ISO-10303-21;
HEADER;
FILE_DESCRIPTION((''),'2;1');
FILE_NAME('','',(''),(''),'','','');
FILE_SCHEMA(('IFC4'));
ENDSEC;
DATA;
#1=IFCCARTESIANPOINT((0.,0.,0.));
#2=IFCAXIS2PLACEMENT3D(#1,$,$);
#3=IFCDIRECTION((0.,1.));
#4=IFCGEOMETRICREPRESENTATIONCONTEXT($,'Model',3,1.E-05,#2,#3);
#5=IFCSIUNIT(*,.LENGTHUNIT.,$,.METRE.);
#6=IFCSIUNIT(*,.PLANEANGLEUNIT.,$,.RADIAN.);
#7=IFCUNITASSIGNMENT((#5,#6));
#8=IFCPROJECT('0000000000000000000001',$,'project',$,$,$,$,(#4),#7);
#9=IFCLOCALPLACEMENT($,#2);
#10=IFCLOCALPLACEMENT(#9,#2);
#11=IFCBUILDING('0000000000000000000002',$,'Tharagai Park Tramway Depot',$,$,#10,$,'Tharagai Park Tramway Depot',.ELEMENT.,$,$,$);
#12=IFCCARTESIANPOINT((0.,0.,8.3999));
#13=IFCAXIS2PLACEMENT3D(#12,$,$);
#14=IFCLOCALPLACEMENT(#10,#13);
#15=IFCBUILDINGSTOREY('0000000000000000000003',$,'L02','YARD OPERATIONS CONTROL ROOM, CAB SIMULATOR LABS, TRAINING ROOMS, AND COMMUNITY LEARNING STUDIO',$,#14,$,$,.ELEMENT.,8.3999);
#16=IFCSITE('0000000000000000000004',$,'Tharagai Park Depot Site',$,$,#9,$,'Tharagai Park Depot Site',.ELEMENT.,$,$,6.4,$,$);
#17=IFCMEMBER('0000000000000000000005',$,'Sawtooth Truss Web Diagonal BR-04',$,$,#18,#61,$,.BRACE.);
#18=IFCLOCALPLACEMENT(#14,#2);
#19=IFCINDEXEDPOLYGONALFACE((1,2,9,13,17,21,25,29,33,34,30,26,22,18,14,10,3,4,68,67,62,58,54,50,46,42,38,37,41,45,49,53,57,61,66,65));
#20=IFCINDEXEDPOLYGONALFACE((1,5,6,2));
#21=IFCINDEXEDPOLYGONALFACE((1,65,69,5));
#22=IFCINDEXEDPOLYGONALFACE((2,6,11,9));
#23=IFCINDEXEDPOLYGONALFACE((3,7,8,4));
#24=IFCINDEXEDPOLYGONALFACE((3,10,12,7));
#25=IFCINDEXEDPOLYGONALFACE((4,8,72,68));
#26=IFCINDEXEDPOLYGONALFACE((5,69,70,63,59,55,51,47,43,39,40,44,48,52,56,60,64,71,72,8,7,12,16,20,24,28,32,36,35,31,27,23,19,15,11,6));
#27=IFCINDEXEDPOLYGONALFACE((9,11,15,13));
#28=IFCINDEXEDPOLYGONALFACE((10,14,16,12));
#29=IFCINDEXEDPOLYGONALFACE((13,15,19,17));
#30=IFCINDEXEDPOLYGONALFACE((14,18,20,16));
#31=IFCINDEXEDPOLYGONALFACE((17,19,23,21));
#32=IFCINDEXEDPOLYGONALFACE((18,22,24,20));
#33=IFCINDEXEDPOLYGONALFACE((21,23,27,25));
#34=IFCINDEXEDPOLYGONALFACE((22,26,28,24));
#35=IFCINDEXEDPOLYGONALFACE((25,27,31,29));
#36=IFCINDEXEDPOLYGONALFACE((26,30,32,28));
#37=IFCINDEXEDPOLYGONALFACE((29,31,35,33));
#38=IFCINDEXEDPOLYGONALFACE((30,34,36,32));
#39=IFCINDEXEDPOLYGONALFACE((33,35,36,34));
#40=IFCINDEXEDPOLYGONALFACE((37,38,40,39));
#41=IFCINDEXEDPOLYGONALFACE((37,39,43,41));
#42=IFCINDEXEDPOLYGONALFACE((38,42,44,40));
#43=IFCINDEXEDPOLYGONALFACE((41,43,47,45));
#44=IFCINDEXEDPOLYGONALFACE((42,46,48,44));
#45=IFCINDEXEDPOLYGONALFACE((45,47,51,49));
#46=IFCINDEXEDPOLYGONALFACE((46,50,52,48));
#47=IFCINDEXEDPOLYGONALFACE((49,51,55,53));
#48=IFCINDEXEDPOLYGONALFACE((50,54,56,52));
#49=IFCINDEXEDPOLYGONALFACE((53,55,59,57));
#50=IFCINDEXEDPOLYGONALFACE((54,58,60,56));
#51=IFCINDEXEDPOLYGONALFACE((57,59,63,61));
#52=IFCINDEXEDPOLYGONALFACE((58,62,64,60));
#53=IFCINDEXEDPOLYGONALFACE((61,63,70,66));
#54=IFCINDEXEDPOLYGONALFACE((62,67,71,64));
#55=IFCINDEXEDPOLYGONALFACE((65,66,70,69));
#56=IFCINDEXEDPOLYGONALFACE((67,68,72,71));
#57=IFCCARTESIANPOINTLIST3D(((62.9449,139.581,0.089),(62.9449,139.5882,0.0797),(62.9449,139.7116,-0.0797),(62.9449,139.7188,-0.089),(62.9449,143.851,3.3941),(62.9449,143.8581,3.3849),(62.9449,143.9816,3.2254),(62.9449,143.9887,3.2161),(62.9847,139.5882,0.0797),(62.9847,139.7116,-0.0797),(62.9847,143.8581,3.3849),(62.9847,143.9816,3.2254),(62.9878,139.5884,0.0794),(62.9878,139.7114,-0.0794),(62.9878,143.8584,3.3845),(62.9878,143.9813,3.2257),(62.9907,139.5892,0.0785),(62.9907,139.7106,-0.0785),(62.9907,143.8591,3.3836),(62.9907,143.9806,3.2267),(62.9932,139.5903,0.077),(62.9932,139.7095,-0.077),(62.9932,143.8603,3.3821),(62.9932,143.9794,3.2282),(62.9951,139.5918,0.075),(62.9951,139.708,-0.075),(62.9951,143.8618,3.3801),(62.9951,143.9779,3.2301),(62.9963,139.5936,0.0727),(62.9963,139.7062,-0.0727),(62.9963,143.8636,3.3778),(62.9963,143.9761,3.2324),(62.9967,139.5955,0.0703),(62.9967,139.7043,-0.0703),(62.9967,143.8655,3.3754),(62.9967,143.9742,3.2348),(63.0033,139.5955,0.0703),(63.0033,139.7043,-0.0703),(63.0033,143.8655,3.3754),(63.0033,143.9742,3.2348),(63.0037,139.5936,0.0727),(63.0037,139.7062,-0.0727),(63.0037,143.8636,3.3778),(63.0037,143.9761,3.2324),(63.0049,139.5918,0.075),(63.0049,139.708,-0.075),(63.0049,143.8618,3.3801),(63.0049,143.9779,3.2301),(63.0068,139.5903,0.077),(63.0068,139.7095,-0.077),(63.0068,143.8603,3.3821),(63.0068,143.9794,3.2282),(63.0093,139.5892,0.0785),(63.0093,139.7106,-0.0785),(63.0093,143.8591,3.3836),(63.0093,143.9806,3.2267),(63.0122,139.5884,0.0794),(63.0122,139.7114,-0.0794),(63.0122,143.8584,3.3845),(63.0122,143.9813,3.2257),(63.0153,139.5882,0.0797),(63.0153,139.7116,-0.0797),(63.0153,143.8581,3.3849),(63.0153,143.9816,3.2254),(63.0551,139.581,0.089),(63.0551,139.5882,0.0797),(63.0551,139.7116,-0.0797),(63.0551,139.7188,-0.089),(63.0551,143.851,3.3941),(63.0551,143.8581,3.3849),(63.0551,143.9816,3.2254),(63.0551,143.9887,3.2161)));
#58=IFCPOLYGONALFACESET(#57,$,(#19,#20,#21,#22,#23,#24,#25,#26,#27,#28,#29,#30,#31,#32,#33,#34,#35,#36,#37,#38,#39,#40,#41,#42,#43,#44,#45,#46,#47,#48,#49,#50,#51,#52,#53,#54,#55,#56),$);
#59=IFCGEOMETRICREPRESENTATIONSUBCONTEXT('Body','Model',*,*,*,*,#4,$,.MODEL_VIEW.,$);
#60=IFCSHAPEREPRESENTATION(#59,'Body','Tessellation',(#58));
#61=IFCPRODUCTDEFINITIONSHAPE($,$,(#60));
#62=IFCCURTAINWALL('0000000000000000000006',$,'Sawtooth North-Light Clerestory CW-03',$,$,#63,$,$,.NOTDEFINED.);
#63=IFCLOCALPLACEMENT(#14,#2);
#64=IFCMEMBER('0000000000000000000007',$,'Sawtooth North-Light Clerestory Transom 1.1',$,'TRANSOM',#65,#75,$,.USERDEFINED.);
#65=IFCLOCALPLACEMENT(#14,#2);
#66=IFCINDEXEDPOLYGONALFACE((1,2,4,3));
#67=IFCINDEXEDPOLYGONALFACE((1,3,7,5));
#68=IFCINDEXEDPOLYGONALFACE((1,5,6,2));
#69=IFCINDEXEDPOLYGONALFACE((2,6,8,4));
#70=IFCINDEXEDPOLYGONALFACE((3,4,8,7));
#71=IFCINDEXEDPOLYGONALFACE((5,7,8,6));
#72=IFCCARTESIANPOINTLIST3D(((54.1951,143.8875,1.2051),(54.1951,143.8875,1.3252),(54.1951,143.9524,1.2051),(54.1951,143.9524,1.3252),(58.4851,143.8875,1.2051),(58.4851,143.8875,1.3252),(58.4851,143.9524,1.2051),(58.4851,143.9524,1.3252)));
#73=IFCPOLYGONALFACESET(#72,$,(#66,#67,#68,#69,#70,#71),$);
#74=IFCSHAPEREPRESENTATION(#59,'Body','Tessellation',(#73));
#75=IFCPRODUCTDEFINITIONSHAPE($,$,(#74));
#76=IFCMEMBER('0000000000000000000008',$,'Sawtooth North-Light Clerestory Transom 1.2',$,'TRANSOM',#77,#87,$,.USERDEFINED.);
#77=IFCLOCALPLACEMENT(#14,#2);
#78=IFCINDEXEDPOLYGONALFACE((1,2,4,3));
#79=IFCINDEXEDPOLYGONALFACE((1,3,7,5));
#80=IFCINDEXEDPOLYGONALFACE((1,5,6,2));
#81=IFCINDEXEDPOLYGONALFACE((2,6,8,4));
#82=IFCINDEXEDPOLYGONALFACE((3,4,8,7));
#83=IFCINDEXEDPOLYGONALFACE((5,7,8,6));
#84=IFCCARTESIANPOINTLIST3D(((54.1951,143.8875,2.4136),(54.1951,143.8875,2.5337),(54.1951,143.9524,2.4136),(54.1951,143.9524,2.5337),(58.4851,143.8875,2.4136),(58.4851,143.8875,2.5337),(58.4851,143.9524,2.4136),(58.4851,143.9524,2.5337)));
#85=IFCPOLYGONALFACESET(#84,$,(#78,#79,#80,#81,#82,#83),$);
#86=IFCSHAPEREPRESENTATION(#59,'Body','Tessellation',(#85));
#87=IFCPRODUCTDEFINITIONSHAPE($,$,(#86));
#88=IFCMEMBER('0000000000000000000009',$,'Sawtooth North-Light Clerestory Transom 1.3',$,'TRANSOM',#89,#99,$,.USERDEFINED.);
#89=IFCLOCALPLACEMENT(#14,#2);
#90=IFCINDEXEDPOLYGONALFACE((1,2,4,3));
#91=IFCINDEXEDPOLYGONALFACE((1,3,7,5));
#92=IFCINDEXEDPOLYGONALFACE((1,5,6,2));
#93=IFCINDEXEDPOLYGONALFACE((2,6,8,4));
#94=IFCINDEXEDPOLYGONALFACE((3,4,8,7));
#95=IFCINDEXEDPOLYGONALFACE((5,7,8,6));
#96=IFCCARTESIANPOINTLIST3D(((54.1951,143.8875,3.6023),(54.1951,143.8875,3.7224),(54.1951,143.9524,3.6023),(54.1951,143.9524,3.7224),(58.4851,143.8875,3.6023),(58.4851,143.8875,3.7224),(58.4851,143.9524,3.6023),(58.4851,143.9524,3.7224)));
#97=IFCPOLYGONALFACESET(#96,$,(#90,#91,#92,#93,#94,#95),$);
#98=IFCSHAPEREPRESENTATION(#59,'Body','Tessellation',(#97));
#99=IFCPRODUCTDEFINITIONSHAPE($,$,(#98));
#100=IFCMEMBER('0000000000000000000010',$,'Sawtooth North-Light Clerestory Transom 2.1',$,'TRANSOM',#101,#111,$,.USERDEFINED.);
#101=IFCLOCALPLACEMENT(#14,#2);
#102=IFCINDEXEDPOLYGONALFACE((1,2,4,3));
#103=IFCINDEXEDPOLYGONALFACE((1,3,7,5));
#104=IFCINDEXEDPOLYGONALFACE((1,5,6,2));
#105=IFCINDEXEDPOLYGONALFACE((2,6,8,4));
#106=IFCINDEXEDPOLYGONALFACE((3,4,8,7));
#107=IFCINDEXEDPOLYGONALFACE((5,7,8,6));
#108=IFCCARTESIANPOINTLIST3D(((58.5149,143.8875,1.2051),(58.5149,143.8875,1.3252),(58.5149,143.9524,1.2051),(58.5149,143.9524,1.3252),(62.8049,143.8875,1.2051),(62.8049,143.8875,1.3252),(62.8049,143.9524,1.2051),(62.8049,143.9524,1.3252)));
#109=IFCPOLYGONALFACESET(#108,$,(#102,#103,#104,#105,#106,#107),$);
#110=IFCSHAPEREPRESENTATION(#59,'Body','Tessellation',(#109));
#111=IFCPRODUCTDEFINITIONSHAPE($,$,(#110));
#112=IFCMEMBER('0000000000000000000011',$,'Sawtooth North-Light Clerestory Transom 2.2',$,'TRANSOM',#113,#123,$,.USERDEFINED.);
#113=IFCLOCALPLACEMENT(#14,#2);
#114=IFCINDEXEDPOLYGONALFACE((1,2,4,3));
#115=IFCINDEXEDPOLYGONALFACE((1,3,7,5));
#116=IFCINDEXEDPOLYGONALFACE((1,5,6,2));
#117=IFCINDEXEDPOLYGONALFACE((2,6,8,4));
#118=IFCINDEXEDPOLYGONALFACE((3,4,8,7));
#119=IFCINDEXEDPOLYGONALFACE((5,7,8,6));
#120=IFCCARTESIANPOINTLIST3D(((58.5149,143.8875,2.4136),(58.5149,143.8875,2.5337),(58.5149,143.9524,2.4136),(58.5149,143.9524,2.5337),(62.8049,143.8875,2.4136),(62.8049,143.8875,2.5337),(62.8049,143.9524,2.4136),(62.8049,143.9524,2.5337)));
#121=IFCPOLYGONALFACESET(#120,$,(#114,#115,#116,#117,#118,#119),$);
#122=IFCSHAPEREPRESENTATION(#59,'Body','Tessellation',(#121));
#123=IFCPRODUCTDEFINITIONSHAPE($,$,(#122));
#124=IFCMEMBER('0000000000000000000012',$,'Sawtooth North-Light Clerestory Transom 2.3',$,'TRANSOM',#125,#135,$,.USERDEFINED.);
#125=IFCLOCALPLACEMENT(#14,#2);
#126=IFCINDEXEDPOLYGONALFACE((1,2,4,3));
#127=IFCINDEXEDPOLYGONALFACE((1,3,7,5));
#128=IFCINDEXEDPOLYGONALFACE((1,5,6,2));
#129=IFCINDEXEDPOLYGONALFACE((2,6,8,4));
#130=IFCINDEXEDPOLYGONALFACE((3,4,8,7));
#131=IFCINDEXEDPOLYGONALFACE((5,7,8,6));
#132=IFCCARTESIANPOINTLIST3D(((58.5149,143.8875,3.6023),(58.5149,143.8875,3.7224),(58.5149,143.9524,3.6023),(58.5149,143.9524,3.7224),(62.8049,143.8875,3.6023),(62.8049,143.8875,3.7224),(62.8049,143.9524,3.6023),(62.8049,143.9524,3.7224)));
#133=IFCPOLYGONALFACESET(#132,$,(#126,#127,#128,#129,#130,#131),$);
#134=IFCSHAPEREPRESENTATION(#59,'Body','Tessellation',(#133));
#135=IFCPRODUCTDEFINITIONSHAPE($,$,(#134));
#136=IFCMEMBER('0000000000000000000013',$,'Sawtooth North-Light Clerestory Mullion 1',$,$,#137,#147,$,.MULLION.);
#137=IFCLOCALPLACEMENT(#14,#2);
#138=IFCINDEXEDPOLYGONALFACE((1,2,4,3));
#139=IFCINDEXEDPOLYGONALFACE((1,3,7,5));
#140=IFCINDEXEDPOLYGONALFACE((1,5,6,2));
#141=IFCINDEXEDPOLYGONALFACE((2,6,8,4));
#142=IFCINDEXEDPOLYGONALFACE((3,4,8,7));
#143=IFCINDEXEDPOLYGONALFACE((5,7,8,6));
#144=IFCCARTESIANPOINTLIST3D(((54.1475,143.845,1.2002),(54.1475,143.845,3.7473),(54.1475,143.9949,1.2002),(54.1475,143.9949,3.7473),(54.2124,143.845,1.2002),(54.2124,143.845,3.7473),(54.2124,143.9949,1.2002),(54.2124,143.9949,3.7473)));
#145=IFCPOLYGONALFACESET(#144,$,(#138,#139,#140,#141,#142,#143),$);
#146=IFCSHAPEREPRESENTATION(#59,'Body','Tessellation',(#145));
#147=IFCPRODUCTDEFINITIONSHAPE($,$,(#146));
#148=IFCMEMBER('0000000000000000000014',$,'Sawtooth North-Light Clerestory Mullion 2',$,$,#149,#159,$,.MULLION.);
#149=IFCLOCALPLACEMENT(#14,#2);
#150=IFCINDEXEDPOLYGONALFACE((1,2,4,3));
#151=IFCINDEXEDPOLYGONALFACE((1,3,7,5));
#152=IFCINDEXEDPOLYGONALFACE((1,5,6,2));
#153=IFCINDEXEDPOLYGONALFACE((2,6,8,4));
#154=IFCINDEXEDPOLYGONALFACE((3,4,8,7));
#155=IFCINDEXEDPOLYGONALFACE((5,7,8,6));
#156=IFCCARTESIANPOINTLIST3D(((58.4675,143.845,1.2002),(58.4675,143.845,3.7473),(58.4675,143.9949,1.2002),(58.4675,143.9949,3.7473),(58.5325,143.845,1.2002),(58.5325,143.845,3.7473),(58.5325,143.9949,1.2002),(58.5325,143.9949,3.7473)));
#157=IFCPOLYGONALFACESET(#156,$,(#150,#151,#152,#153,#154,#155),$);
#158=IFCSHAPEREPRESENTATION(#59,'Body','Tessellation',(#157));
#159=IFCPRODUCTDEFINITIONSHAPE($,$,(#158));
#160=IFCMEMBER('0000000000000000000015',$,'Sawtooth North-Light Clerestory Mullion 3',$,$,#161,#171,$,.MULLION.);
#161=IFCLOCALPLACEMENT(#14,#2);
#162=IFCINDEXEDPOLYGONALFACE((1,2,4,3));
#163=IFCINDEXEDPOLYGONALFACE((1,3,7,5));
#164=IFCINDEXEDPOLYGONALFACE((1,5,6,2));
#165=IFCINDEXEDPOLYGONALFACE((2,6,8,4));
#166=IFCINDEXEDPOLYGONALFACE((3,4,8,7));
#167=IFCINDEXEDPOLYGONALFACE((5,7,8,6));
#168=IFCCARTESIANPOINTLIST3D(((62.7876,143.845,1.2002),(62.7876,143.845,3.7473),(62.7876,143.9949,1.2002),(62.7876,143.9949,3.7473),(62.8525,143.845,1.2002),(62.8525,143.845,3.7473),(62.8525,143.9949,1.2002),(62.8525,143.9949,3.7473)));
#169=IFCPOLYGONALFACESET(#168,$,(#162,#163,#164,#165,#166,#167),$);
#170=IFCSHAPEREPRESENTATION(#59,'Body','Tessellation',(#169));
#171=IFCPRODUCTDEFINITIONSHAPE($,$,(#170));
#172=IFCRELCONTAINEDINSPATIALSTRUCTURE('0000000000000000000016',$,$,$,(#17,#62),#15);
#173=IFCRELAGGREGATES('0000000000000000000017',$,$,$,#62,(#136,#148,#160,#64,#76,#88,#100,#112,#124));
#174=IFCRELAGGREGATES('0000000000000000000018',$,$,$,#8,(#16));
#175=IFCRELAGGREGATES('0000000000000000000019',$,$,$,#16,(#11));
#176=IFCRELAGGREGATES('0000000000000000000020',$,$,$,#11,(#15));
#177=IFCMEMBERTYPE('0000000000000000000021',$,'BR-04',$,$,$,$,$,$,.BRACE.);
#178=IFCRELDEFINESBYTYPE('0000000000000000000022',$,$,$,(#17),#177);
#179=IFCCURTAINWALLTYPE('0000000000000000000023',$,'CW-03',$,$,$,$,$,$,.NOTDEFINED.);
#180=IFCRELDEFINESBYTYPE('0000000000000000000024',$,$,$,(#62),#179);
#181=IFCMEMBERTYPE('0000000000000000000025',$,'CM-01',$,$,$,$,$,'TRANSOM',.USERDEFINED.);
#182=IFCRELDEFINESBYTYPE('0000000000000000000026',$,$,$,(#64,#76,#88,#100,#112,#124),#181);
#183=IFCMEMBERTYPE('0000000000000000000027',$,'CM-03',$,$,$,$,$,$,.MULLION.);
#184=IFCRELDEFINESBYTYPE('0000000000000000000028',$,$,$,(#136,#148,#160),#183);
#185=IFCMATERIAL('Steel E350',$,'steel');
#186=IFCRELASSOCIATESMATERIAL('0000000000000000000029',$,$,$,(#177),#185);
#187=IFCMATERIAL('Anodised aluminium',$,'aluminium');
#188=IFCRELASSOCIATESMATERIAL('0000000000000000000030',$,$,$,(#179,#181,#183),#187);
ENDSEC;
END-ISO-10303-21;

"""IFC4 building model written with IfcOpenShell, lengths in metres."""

from ifc_helpers import new_model, si_unit, direction, frame, origin, origin_2d, place, context, subcontext, project, spatial, rectangle, i_section, extrude, material, material_profile, profile_set, type_object, element, aggregate, save


model = new_model("IFC4")

# Units and contexts
model_context = context("Model", 3, precision=1e-05, world=origin(), true_north=direction((0.0, 1.0)))
body_context = subcontext(model_context, "Body", "Model", "MODEL_VIEW")
ifc_project = project(units=[si_unit("LENGTHUNIT", "METRE"), si_unit("PLANEANGLEUNIT", "RADIAN")], contexts=[model_context])

# Site, building, storey
site_placement = place(None, origin())
site = spatial("IfcSite", under=ifc_project, at=site_placement, Name="Tharagai Park Depot Site", LongName="Tharagai Park Depot Site", CompositionType="ELEMENT", RefElevation=6.4)
building_placement = place(site_placement, origin())
building = spatial("IfcBuilding", under=site, at=building_placement, Name="Tharagai Park Tramway Depot", LongName="Tharagai Park Tramway Depot", CompositionType="ELEMENT")
storey_placement = place(building_placement, frame((0.0, 0.0, 8.3999)))
storey = spatial("IfcBuildingStorey", under=building, at=storey_placement, Name="L02", Description="YARD OPERATIONS CONTROL ROOM, CAB SIMULATOR LABS, TRAINING ROOMS, AND COMMUNITY LEARNING STUDIO", CompositionType="ELEMENT", Elevation=8.3999)

# Shared definitions
ifc_material_1 = material(Name="Steel E350", Category="steel")

# Member
ifc_material_profile_1 = material_profile(ifc_material_1, i_section(OverallWidth=0.1101, OverallDepth=0.2251, WebThickness=0.0066, FlangeThickness=0.0117, FilletRadius=0.012, at=origin_2d()), Name="ISMB 225")
ifc_profile_set_1 = profile_set([ifc_material_profile_1], Name="Steel E350")
member_type_1 = type_object("IfcMemberType", Name="BR-04", PredefinedType="BRACE", material=ifc_profile_set_1)
for number, where, z_axis, x_axis, name in (
    (1, (63.0, 139.6499, 0.0), (0.0, 0.790782, 0.612098), (-1.0, 0.0, 0.0), "Sawtooth Truss Web Diagonal BR-04"),
):
    element("IfcMember", number, at=place(storey_placement, frame(where, z_axis=z_axis, x_axis=x_axis)), inside=storey, type_object=member_type_1, Name=name, PredefinedType="BRACE", context=body_context, shape_type="SweptSolid", body=[
        extrude(i_section(OverallWidth=0.1101, OverallDepth=0.2251, WebThickness=0.0066, FlangeThickness=0.0117, FilletRadius=0.012, at=origin_2d()), origin(), (0.0, 0.0, 1.0), 5.3997),
    ])

# Curtain wall, members
ifc_material_2 = material(Name="Anodised aluminium", Category="aluminium")
curtain_wall_type = type_object("IfcCurtainWallType", Name="CW-03", PredefinedType="NOTDEFINED", material=ifc_material_2)
curtain_wall_placement = place(storey_placement, origin())
curtain_wall = element("IfcCurtainWall", 2, at=curtain_wall_placement, inside=storey, type_object=curtain_wall_type, Name="Sawtooth North-Light Clerestory CW-03", PredefinedType="NOTDEFINED")
ifc_material_profile_2 = material_profile(ifc_material_2, rectangle(XDim=0.0649, YDim=0.1201, at=origin_2d()), Name="ALU 65x120")
ifc_profile_set_2 = profile_set([ifc_material_profile_2], Name="Anodised aluminium")
member_type_2 = type_object("IfcMemberType", Name="CM-01", ElementType="TRANSOM", PredefinedType="USERDEFINED", material=ifc_profile_set_2)
member_1_placement = place(storey_placement, frame((54.1951, 143.9199, 1.2651), z_axis=(1.0, 0.0, 0.0), x_axis=(0.0, 1.0, 0.0)))
member_1 = element("IfcMember", 3, at=member_1_placement, type_object=member_type_2, Name="Sawtooth North-Light Clerestory Transom 1.1", ObjectType="TRANSOM", PredefinedType="USERDEFINED", context=body_context, shape_type="SweptSolid", body=[
    extrude(rectangle(XDim=0.0649, YDim=0.1201, at=origin_2d()), origin(), (0.0, 0.0, 1.0), 4.29),
])
member_2_placement = place(storey_placement, frame((54.1951, 143.9199, 2.4736), z_axis=(1.0, 0.0, 0.0), x_axis=(0.0, 1.0, 0.0)))
member_2 = element("IfcMember", 4, at=member_2_placement, type_object=member_type_2, Name="Sawtooth North-Light Clerestory Transom 1.2", ObjectType="TRANSOM", PredefinedType="USERDEFINED", context=body_context, shape_type="SweptSolid", body=[
    extrude(rectangle(XDim=0.0649, YDim=0.1201, at=origin_2d()), origin(), (0.0, 0.0, 1.0), 4.29),
])
member_3_placement = place(storey_placement, frame((54.1951, 143.9199, 3.6624), z_axis=(1.0, 0.0, 0.0), x_axis=(0.0, 1.0, 0.0)))
member_3 = element("IfcMember", 5, at=member_3_placement, type_object=member_type_2, Name="Sawtooth North-Light Clerestory Transom 1.3", ObjectType="TRANSOM", PredefinedType="USERDEFINED", context=body_context, shape_type="SweptSolid", body=[
    extrude(rectangle(XDim=0.0649, YDim=0.1201, at=origin_2d()), origin(), (0.0, 0.0, 1.0), 4.29),
])
member_4_placement = place(storey_placement, frame((58.5149, 143.9199, 1.2651), z_axis=(1.0, 0.0, 0.0), x_axis=(0.0, 1.0, 0.0)))
member_4 = element("IfcMember", 6, at=member_4_placement, type_object=member_type_2, Name="Sawtooth North-Light Clerestory Transom 2.1", ObjectType="TRANSOM", PredefinedType="USERDEFINED", context=body_context, shape_type="SweptSolid", body=[
    extrude(rectangle(XDim=0.0649, YDim=0.1201, at=origin_2d()), origin(), (0.0, 0.0, 1.0), 4.29),
])
member_5_placement = place(storey_placement, frame((58.5149, 143.9199, 2.4736), z_axis=(1.0, 0.0, 0.0), x_axis=(0.0, 1.0, 0.0)))
member_5 = element("IfcMember", 7, at=member_5_placement, type_object=member_type_2, Name="Sawtooth North-Light Clerestory Transom 2.2", ObjectType="TRANSOM", PredefinedType="USERDEFINED", context=body_context, shape_type="SweptSolid", body=[
    extrude(rectangle(XDim=0.0649, YDim=0.1201, at=origin_2d()), origin(), (0.0, 0.0, 1.0), 4.29),
])
member_6_placement = place(storey_placement, frame((58.5149, 143.9199, 3.6624), z_axis=(1.0, 0.0, 0.0), x_axis=(0.0, 1.0, 0.0)))
member_6 = element("IfcMember", 8, at=member_6_placement, type_object=member_type_2, Name="Sawtooth North-Light Clerestory Transom 2.3", ObjectType="TRANSOM", PredefinedType="USERDEFINED", context=body_context, shape_type="SweptSolid", body=[
    extrude(rectangle(XDim=0.0649, YDim=0.1201, at=origin_2d()), origin(), (0.0, 0.0, 1.0), 4.29),
])
ifc_material_profile_3 = material_profile(ifc_material_2, rectangle(XDim=0.0649, YDim=0.1499, at=origin_2d()), Name="ALU 65x150")
ifc_profile_set_3 = profile_set([ifc_material_profile_3], Name="Anodised aluminium")
member_type_3 = type_object("IfcMemberType", Name="CM-03", PredefinedType="MULLION", material=ifc_profile_set_3)
member_7_placement = place(storey_placement, frame((54.1799, 143.9199, 1.2002), z_axis=(0.0, 0.0, 1.0), x_axis=(1.0, 0.0, 0.0)))
member_7 = element("IfcMember", 9, at=member_7_placement, type_object=member_type_3, Name="Sawtooth North-Light Clerestory Mullion 1", PredefinedType="MULLION", context=body_context, shape_type="SweptSolid", body=[
    extrude(rectangle(XDim=0.0649, YDim=0.1499, at=origin_2d()), origin(), (0.0, 0.0, 1.0), 2.5471),
])
member_8_placement = place(storey_placement, frame((58.5, 143.9199, 1.2002), z_axis=(0.0, 0.0, 1.0), x_axis=(1.0, 0.0, 0.0)))
member_8 = element("IfcMember", 10, at=member_8_placement, type_object=member_type_3, Name="Sawtooth North-Light Clerestory Mullion 2", PredefinedType="MULLION", context=body_context, shape_type="SweptSolid", body=[
    extrude(rectangle(XDim=0.0649, YDim=0.1499, at=origin_2d()), origin(), (0.0, 0.0, 1.0), 2.5471),
])
member_9_placement = place(storey_placement, frame((62.8201, 143.9199, 1.2002), z_axis=(0.0, 0.0, 1.0), x_axis=(1.0, 0.0, 0.0)))
member_9 = element("IfcMember", 11, at=member_9_placement, type_object=member_type_3, Name="Sawtooth North-Light Clerestory Mullion 3", PredefinedType="MULLION", context=body_context, shape_type="SweptSolid", body=[
    extrude(rectangle(XDim=0.0649, YDim=0.1499, at=origin_2d()), origin(), (0.0, 0.0, 1.0), 2.5471),
])

aggregate(curtain_wall, [member_7, member_8, member_9, member_1, member_2, member_3, member_4, member_5, member_6])

save(model, "model.ifc")
